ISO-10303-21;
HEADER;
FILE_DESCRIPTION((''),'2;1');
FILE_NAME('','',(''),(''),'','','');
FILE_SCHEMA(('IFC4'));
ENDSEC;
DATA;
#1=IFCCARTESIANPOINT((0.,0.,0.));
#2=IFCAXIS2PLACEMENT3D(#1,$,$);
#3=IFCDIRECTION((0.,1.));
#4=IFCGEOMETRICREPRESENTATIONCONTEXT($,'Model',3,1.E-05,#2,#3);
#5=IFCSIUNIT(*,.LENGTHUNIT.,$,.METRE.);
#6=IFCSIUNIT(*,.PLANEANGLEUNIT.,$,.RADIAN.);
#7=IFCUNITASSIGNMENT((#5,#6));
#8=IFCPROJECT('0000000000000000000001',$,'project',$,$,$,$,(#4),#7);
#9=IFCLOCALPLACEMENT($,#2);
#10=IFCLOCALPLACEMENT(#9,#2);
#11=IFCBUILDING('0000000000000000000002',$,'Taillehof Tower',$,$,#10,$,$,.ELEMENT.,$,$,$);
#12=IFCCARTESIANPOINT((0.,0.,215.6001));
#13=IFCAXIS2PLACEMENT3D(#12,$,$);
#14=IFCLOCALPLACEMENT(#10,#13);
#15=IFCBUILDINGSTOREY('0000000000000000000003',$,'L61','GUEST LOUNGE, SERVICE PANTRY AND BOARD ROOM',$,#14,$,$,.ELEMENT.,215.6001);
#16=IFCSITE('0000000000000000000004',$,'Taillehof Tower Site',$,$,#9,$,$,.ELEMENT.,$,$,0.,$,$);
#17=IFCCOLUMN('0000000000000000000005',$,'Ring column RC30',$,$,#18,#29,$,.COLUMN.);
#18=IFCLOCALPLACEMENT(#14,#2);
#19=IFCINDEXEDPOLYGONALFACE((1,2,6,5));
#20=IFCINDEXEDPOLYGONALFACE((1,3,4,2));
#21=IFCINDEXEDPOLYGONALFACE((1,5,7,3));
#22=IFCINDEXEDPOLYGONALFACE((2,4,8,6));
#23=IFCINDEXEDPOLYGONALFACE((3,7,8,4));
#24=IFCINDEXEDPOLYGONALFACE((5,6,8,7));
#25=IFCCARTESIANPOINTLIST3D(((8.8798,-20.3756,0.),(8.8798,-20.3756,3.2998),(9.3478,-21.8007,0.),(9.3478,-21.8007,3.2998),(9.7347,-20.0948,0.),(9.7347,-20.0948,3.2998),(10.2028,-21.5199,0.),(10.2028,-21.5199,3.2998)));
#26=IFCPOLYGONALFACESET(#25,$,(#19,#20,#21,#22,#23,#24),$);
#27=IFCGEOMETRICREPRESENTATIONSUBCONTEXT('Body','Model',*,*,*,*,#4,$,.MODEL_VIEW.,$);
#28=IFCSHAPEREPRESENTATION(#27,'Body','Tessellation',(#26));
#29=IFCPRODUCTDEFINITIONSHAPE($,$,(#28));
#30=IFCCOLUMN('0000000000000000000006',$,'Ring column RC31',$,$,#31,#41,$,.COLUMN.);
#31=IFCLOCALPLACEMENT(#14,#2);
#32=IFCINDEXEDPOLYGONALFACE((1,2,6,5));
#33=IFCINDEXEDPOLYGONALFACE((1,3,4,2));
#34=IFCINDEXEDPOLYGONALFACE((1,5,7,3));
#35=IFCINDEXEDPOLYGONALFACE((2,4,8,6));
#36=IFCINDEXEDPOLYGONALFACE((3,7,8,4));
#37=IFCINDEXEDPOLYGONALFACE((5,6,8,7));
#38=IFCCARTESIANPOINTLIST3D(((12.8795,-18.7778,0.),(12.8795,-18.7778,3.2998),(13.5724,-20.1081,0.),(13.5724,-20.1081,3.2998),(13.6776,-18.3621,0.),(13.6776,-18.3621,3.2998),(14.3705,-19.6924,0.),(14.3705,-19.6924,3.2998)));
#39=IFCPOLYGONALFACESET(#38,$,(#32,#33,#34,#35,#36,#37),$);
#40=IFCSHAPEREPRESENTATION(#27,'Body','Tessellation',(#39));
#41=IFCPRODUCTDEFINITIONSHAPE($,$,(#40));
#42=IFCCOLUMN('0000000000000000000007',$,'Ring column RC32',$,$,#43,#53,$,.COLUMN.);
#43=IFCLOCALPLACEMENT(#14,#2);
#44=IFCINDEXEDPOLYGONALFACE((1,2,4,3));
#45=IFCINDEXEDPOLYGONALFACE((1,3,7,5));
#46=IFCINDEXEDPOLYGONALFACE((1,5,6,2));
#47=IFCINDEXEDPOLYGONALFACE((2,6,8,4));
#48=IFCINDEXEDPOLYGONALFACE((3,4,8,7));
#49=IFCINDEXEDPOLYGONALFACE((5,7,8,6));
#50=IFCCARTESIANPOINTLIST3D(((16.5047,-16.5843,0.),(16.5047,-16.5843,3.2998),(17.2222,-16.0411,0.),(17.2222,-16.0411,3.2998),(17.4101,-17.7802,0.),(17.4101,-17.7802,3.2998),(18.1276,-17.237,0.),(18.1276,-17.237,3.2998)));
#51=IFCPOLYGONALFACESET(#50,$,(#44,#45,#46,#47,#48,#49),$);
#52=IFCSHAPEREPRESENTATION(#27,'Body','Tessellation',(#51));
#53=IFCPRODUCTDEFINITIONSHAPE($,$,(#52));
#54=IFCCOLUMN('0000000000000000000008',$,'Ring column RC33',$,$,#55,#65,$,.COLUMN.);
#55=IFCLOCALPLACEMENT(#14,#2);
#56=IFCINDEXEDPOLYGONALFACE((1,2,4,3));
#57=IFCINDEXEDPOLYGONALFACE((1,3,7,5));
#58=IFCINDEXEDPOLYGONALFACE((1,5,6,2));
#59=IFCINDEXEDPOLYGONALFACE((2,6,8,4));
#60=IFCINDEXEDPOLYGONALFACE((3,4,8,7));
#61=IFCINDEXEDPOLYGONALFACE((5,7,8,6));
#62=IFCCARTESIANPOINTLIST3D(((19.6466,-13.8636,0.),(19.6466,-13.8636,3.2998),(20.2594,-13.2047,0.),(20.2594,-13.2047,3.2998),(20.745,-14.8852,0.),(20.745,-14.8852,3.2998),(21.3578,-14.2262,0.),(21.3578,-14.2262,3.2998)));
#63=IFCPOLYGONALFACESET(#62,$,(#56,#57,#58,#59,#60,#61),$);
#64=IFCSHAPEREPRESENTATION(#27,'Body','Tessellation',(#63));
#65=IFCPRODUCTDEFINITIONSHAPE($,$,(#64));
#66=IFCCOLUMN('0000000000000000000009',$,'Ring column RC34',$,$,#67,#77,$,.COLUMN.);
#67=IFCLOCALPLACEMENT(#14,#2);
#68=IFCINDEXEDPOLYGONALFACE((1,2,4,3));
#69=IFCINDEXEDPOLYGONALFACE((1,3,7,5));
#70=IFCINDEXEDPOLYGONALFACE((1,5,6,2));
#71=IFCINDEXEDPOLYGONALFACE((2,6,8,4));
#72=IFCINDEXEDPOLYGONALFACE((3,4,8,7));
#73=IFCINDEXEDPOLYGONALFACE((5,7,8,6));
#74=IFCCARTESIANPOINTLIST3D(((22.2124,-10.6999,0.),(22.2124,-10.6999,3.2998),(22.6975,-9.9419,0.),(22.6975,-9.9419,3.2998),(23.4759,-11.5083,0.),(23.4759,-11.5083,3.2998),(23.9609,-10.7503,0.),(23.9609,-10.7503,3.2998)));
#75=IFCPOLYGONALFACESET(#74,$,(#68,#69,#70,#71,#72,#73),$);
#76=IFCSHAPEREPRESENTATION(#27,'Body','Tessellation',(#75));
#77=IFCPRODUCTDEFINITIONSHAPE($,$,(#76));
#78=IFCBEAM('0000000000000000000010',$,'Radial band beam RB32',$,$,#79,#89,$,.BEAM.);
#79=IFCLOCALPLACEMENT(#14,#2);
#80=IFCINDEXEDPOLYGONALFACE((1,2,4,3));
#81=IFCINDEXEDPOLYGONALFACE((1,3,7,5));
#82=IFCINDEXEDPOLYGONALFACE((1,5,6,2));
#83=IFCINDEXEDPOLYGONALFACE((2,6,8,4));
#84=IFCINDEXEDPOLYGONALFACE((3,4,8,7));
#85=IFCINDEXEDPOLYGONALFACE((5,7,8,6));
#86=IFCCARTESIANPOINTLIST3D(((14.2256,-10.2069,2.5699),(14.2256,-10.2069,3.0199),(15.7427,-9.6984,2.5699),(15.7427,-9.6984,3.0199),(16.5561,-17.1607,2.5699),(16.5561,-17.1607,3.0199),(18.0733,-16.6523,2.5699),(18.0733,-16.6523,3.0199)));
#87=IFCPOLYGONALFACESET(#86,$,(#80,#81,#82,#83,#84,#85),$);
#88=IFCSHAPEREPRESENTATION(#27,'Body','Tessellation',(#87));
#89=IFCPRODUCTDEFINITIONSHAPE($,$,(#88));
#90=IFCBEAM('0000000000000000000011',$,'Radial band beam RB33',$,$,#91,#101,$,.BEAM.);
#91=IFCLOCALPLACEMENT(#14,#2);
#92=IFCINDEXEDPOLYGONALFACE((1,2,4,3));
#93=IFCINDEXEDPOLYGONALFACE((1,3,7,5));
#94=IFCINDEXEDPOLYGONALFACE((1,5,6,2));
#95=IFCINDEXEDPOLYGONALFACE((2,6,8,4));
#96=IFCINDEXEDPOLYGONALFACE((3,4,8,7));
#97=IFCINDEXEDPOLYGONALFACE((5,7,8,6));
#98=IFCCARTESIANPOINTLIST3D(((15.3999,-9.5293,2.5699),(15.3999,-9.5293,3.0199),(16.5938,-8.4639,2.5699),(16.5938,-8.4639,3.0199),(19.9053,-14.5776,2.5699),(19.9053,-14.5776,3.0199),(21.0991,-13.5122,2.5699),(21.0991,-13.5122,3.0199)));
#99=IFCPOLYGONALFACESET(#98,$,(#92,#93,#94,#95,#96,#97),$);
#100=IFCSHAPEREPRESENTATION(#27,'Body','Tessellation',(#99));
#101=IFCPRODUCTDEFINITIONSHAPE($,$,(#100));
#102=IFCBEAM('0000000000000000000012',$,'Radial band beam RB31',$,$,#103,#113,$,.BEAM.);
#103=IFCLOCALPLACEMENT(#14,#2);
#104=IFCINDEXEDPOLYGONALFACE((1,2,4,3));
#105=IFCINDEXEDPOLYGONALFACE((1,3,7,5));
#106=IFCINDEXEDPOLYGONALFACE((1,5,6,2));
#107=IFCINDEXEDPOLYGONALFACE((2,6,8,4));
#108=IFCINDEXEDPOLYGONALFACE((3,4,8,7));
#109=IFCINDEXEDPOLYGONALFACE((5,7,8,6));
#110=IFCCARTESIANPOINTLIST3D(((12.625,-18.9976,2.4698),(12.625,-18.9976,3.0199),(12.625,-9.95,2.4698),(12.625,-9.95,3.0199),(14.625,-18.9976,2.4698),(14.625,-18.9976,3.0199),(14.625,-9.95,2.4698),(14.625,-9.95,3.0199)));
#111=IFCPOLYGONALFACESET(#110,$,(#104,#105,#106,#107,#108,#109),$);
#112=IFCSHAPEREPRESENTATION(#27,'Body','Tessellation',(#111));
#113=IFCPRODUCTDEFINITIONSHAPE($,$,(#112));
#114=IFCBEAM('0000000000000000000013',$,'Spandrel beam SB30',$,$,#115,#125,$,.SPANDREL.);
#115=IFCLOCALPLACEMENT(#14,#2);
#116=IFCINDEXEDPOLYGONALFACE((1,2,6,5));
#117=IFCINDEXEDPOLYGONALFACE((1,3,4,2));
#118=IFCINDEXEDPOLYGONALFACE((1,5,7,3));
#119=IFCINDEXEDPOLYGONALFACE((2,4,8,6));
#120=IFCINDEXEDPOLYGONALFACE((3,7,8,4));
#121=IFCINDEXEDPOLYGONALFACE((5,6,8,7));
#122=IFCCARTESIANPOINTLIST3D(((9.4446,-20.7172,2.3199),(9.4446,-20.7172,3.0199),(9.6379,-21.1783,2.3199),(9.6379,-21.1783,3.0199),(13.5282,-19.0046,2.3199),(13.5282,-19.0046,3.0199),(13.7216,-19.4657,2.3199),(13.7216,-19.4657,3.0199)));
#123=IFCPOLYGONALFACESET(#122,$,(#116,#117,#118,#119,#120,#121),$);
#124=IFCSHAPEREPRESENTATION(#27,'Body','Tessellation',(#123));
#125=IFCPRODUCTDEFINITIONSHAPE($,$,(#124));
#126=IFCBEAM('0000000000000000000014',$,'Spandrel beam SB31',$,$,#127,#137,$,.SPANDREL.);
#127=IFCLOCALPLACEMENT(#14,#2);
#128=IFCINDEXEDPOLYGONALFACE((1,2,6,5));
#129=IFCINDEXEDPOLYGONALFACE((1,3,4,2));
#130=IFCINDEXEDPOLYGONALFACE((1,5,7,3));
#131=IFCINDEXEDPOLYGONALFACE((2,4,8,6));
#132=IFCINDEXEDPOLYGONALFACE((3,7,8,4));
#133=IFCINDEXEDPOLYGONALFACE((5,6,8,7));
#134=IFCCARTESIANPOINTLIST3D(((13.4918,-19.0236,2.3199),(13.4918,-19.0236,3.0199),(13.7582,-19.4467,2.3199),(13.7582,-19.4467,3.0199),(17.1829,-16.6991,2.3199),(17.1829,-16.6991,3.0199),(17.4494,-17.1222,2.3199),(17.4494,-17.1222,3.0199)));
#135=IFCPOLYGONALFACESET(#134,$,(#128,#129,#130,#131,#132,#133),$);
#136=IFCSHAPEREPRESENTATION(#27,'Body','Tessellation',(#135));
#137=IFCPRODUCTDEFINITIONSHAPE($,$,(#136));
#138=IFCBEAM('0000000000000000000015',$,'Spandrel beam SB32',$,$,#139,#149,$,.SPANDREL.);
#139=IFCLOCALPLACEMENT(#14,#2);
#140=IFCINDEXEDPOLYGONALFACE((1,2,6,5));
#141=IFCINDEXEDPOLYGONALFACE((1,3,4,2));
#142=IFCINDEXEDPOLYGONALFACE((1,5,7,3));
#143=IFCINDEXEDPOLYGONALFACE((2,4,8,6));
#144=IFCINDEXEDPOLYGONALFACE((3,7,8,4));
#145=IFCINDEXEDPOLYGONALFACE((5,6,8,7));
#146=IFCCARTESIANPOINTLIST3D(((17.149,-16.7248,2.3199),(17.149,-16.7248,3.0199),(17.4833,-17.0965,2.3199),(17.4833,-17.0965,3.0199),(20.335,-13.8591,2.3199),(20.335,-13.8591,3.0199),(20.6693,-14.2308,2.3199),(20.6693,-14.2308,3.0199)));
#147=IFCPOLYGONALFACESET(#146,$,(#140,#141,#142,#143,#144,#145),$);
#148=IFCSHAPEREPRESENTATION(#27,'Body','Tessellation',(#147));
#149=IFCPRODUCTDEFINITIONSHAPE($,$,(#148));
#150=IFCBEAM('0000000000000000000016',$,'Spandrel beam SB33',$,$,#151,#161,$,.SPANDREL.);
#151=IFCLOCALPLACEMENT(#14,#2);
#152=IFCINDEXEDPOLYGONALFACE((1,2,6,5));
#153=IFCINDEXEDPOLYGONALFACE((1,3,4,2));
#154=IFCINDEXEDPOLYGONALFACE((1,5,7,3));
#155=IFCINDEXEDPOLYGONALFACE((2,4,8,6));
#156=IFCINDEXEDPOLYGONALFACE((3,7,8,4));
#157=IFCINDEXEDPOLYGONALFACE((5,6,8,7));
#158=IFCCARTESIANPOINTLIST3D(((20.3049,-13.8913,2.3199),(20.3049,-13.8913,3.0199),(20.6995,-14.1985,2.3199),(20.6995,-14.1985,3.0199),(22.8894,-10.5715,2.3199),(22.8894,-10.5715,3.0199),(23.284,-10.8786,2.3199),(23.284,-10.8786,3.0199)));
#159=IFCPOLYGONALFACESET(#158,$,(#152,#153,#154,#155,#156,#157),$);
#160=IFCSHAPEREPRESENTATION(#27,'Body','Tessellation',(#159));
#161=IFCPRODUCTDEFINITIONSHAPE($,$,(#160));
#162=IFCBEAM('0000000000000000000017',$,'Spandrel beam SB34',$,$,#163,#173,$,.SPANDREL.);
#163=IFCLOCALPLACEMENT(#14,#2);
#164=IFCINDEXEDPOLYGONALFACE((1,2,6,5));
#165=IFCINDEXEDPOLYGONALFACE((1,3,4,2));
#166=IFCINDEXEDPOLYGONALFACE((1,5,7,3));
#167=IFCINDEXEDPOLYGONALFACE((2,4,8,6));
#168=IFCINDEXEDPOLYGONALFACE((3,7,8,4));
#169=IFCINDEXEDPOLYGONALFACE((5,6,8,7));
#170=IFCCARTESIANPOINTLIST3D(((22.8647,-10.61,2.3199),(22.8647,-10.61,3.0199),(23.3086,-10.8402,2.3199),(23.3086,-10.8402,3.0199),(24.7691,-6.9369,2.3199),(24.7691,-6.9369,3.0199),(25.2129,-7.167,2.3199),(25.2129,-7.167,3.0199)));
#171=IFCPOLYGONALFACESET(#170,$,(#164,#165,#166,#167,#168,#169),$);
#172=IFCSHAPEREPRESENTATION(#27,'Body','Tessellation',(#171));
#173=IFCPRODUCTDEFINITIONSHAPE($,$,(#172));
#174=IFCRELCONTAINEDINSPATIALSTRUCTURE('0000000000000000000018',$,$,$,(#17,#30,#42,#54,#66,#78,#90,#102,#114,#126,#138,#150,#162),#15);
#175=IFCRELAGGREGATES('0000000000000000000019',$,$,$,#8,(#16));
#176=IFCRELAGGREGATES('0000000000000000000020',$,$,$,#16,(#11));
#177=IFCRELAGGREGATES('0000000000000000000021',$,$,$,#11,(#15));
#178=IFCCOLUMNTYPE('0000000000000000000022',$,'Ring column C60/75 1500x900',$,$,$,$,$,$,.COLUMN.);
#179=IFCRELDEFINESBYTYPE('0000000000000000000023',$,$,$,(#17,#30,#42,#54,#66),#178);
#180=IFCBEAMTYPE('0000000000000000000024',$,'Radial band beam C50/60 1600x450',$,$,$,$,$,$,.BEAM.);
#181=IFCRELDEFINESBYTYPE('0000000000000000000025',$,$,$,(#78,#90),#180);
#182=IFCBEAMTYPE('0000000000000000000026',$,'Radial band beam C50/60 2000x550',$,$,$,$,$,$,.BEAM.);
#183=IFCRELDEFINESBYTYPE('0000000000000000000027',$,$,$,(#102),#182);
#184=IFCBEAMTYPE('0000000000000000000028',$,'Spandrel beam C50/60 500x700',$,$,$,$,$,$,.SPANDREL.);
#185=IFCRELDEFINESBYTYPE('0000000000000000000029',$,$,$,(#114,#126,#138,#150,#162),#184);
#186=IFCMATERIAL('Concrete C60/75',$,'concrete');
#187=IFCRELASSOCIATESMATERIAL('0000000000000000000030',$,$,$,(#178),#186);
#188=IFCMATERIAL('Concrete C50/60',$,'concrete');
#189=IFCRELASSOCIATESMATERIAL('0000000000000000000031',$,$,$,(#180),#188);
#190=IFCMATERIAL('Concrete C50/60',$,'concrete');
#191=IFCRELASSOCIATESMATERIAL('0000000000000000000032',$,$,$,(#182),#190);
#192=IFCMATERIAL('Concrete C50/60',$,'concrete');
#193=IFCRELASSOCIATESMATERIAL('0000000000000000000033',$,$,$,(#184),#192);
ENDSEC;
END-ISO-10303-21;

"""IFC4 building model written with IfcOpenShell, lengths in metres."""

from ifc_helpers import new_model, si_unit, direction, frame, origin, origin_2d, place, context, subcontext, project, spatial, rectangle, extrude, material, material_profile, profile_set, type_object, element, save


model = new_model("IFC4")

# Units and contexts
model_context = context("Model", 3, precision=1e-05, world=origin(), true_north=direction((0.0, 1.0)))
body_context = subcontext(model_context, "Body", "Model", "MODEL_VIEW")
ifc_project = project(units=[si_unit("LENGTHUNIT", "METRE"), si_unit("PLANEANGLEUNIT", "RADIAN")], contexts=[model_context])

# Site, building, storey
site_placement = place(None, origin())
site = spatial("IfcSite", under=ifc_project, at=site_placement, Name="Taillehof Tower Site", CompositionType="ELEMENT", RefElevation=0.0)
building_placement = place(site_placement, origin())
building = spatial("IfcBuilding", under=site, at=building_placement, Name="Taillehof Tower", CompositionType="ELEMENT")
storey_placement = place(building_placement, frame((0.0, 0.0, 215.6001)))
storey = spatial("IfcBuildingStorey", under=building, at=storey_placement, Name="L61", Description="GUEST LOUNGE, SERVICE PANTRY AND BOARD ROOM", CompositionType="ELEMENT", Elevation=215.6001)

# Columns
ifc_material_1 = material(Name="Concrete C60/75", Category="concrete")
ifc_material_profile_1 = material_profile(ifc_material_1, rectangle(XDim=1.5, YDim=0.8999, at=origin_2d()), Name="RC 1500x900")
ifc_profile_set_1 = profile_set([ifc_material_profile_1], Name="Concrete C60/75")
column_type = type_object("IfcColumnType", Name="Ring column C60/75 1500x900", PredefinedType="COLUMN", material=ifc_profile_set_1)
for number, where, z_axis, x_axis, name in (
    (1, (9.5413, -20.9478, 0.0), (0.0, 0.0, 1.0), (0.312001, -0.950082, 0.0), "Ring column RC30"),
    (2, (13.625, -19.2351, 0.0), (0.0, 0.0, 1.0), (0.461993, -0.886883, 0.0), "Ring column RC31"),
    (3, (17.3162, -16.9106, 0.0), (0.0, 0.0, 1.0), (0.603608, -0.797281, 0.0), "Ring column RC32"),
    (4, (20.5022, -14.0449, 0.0), (0.0, 0.0, 1.0), (0.732271, -0.681013, 0.0), "Ring column RC33"),
    (5, (23.0867, -10.7251, 0.0), (0.0, 0.0, 1.0), (0.842311, -0.538992, 0.0), "Ring column RC34"),
):
    element("IfcColumn", number, at=place(storey_placement, frame(where, z_axis=z_axis, x_axis=x_axis)), inside=storey, type_object=column_type, Name=name, PredefinedType="COLUMN", context=body_context, shape_type="SweptSolid", body=[
        extrude(rectangle(XDim=1.5, YDim=0.8999, at=origin_2d()), origin(), (0.0, 0.0, 1.0), 3.2998),
    ])

# Beams
ifc_material_2 = material(Name="Concrete C50/60", Category="concrete")
ifc_material_profile_2 = material_profile(ifc_material_2, rectangle(XDim=1.6001, YDim=0.45, at=origin_2d()), Name="RC 1600x450")
ifc_profile_set_2 = profile_set([ifc_material_profile_2], Name="Concrete C50/60")
beam_type_1 = type_object("IfcBeamType", Name="Radial band beam C50/60 1600x450", PredefinedType="BEAM", material=ifc_profile_set_2)
beam_1_placement = place(storey_placement, frame((17.3147, -16.9065, 2.7949), z_axis=(-0.317775, 0.948166, 0.0), x_axis=(-0.948166, -0.317775, 0.0)))
element("IfcBeam", 6, at=beam_1_placement, inside=storey, type_object=beam_type_1, Name="Radial band beam RB32", PredefinedType="BEAM", context=body_context, shape_type="SweptSolid", body=[
    extrude(rectangle(XDim=1.6001, YDim=0.45, at=origin_2d()), origin(), (0.0, 0.0, 1.0), 7.334),
])
beam_2_placement = place(storey_placement, frame((20.5022, -14.0449, 2.7949), z_axis=(-0.665845, 0.74609, 0.0), x_axis=(-0.74609, -0.665845, 0.0)))
element("IfcBeam", 7, at=beam_2_placement, inside=storey, type_object=beam_type_1, Name="Radial band beam RB33", PredefinedType="BEAM", context=body_context, shape_type="SweptSolid", body=[
    extrude(rectangle(XDim=1.6001, YDim=0.45, at=origin_2d()), origin(), (0.0, 0.0, 1.0), 6.7664),
])
ifc_material_3 = material(Name="Concrete C50/60", Category="concrete")
ifc_material_profile_3 = material_profile(ifc_material_3, rectangle(XDim=2.0, YDim=0.55, at=origin_2d()), Name="RC 2000x550")
ifc_profile_set_3 = profile_set([ifc_material_profile_3], Name="Concrete C50/60")
beam_type_2 = type_object("IfcBeamType", Name="Radial band beam C50/60 2000x550", PredefinedType="BEAM", material=ifc_profile_set_3)
beam_3_placement = place(storey_placement, frame((13.625, -18.9976, 2.7449), z_axis=(0.0, 1.0, 0.0), x_axis=(-1.0, 0.0, 0.0)))
element("IfcBeam", 8, at=beam_3_placement, inside=storey, type_object=beam_type_2, Name="Radial band beam RB31", PredefinedType="BEAM", context=body_context, shape_type="SweptSolid", body=[
    extrude(rectangle(XDim=2.0, YDim=0.55, at=origin_2d()), origin(), (0.0, 0.0, 1.0), 9.0476),
])
ifc_material_4 = material(Name="Concrete C50/60", Category="concrete")
ifc_material_profile_4 = material_profile(ifc_material_4, rectangle(XDim=0.5, YDim=0.7, at=origin_2d()), Name="RC 500x700")
ifc_profile_set_4 = profile_set([ifc_material_profile_4], Name="Concrete C50/60")
beam_type_3 = type_object("IfcBeamType", Name="Spandrel beam C50/60 500x700", PredefinedType="SPANDREL", material=ifc_profile_set_4)
beam_4_placement = place(storey_placement, frame((9.5413, -20.9478, 2.6699), z_axis=(0.922186, 0.386748, 0.0), x_axis=(-0.386748, 0.922186, 0.0)))
element("IfcBeam", 9, at=beam_4_placement, inside=storey, type_object=beam_type_3, Name="Spandrel beam SB30", PredefinedType="SPANDREL", context=body_context, shape_type="SweptSolid", body=[
    extrude(rectangle(XDim=0.5, YDim=0.7, at=origin_2d()), origin(), (0.0, 0.0, 1.0), 4.4282),
])
beam_5_placement = place(storey_placement, frame((13.625, -19.2351, 2.6699), z_axis=(0.846192, 0.532879, 0.0), x_axis=(-0.532879, 0.846192, 0.0)))
element("IfcBeam", 10, at=beam_5_placement, inside=storey, type_object=beam_type_3, Name="Spandrel beam SB31", PredefinedType="SPANDREL", context=body_context, shape_type="SweptSolid", body=[
    extrude(rectangle(XDim=0.5, YDim=0.7, at=origin_2d()), origin(), (0.0, 0.0, 1.0), 4.3621),
])
beam_6_placement = place(storey_placement, frame((17.3162, -16.9106, 2.6699), z_axis=(0.743492, 0.668744, 0.0), x_axis=(-0.668744, 0.743492, 0.0)))
element("IfcBeam", 11, at=beam_6_placement, inside=storey, type_object=beam_type_3, Name="Spandrel beam SB32", PredefinedType="SPANDREL", context=body_context, shape_type="SweptSolid", body=[
    extrude(rectangle(XDim=0.5, YDim=0.7, at=origin_2d()), origin(), (0.0, 0.0, 1.0), 4.2852),
])
beam_7_placement = place(storey_placement, frame((20.5022, -14.0449, 2.6699), z_axis=(0.614294, 0.789077, 0.0), x_axis=(-0.789077, 0.614294, 0.0)))
element("IfcBeam", 12, at=beam_7_placement, inside=storey, type_object=beam_type_3, Name="Spandrel beam SB33", PredefinedType="SPANDREL", context=body_context, shape_type="SweptSolid", body=[
    extrude(rectangle(XDim=0.5, YDim=0.7, at=origin_2d()), origin(), (0.0, 0.0, 1.0), 4.2073),
])
beam_8_placement = place(storey_placement, frame((23.0867, -10.7251, 2.6699), z_axis=(0.460265, 0.887781, 0.0), x_axis=(-0.887781, 0.460265, 0.0)))
element("IfcBeam", 13, at=beam_8_placement, inside=storey, type_object=beam_type_3, Name="Spandrel beam SB34", PredefinedType="SPANDREL", context=body_context, shape_type="SweptSolid", body=[
    extrude(rectangle(XDim=0.5, YDim=0.7, at=origin_2d()), origin(), (0.0, 0.0, 1.0), 4.1375),
])

save(model, "model.ifc")
